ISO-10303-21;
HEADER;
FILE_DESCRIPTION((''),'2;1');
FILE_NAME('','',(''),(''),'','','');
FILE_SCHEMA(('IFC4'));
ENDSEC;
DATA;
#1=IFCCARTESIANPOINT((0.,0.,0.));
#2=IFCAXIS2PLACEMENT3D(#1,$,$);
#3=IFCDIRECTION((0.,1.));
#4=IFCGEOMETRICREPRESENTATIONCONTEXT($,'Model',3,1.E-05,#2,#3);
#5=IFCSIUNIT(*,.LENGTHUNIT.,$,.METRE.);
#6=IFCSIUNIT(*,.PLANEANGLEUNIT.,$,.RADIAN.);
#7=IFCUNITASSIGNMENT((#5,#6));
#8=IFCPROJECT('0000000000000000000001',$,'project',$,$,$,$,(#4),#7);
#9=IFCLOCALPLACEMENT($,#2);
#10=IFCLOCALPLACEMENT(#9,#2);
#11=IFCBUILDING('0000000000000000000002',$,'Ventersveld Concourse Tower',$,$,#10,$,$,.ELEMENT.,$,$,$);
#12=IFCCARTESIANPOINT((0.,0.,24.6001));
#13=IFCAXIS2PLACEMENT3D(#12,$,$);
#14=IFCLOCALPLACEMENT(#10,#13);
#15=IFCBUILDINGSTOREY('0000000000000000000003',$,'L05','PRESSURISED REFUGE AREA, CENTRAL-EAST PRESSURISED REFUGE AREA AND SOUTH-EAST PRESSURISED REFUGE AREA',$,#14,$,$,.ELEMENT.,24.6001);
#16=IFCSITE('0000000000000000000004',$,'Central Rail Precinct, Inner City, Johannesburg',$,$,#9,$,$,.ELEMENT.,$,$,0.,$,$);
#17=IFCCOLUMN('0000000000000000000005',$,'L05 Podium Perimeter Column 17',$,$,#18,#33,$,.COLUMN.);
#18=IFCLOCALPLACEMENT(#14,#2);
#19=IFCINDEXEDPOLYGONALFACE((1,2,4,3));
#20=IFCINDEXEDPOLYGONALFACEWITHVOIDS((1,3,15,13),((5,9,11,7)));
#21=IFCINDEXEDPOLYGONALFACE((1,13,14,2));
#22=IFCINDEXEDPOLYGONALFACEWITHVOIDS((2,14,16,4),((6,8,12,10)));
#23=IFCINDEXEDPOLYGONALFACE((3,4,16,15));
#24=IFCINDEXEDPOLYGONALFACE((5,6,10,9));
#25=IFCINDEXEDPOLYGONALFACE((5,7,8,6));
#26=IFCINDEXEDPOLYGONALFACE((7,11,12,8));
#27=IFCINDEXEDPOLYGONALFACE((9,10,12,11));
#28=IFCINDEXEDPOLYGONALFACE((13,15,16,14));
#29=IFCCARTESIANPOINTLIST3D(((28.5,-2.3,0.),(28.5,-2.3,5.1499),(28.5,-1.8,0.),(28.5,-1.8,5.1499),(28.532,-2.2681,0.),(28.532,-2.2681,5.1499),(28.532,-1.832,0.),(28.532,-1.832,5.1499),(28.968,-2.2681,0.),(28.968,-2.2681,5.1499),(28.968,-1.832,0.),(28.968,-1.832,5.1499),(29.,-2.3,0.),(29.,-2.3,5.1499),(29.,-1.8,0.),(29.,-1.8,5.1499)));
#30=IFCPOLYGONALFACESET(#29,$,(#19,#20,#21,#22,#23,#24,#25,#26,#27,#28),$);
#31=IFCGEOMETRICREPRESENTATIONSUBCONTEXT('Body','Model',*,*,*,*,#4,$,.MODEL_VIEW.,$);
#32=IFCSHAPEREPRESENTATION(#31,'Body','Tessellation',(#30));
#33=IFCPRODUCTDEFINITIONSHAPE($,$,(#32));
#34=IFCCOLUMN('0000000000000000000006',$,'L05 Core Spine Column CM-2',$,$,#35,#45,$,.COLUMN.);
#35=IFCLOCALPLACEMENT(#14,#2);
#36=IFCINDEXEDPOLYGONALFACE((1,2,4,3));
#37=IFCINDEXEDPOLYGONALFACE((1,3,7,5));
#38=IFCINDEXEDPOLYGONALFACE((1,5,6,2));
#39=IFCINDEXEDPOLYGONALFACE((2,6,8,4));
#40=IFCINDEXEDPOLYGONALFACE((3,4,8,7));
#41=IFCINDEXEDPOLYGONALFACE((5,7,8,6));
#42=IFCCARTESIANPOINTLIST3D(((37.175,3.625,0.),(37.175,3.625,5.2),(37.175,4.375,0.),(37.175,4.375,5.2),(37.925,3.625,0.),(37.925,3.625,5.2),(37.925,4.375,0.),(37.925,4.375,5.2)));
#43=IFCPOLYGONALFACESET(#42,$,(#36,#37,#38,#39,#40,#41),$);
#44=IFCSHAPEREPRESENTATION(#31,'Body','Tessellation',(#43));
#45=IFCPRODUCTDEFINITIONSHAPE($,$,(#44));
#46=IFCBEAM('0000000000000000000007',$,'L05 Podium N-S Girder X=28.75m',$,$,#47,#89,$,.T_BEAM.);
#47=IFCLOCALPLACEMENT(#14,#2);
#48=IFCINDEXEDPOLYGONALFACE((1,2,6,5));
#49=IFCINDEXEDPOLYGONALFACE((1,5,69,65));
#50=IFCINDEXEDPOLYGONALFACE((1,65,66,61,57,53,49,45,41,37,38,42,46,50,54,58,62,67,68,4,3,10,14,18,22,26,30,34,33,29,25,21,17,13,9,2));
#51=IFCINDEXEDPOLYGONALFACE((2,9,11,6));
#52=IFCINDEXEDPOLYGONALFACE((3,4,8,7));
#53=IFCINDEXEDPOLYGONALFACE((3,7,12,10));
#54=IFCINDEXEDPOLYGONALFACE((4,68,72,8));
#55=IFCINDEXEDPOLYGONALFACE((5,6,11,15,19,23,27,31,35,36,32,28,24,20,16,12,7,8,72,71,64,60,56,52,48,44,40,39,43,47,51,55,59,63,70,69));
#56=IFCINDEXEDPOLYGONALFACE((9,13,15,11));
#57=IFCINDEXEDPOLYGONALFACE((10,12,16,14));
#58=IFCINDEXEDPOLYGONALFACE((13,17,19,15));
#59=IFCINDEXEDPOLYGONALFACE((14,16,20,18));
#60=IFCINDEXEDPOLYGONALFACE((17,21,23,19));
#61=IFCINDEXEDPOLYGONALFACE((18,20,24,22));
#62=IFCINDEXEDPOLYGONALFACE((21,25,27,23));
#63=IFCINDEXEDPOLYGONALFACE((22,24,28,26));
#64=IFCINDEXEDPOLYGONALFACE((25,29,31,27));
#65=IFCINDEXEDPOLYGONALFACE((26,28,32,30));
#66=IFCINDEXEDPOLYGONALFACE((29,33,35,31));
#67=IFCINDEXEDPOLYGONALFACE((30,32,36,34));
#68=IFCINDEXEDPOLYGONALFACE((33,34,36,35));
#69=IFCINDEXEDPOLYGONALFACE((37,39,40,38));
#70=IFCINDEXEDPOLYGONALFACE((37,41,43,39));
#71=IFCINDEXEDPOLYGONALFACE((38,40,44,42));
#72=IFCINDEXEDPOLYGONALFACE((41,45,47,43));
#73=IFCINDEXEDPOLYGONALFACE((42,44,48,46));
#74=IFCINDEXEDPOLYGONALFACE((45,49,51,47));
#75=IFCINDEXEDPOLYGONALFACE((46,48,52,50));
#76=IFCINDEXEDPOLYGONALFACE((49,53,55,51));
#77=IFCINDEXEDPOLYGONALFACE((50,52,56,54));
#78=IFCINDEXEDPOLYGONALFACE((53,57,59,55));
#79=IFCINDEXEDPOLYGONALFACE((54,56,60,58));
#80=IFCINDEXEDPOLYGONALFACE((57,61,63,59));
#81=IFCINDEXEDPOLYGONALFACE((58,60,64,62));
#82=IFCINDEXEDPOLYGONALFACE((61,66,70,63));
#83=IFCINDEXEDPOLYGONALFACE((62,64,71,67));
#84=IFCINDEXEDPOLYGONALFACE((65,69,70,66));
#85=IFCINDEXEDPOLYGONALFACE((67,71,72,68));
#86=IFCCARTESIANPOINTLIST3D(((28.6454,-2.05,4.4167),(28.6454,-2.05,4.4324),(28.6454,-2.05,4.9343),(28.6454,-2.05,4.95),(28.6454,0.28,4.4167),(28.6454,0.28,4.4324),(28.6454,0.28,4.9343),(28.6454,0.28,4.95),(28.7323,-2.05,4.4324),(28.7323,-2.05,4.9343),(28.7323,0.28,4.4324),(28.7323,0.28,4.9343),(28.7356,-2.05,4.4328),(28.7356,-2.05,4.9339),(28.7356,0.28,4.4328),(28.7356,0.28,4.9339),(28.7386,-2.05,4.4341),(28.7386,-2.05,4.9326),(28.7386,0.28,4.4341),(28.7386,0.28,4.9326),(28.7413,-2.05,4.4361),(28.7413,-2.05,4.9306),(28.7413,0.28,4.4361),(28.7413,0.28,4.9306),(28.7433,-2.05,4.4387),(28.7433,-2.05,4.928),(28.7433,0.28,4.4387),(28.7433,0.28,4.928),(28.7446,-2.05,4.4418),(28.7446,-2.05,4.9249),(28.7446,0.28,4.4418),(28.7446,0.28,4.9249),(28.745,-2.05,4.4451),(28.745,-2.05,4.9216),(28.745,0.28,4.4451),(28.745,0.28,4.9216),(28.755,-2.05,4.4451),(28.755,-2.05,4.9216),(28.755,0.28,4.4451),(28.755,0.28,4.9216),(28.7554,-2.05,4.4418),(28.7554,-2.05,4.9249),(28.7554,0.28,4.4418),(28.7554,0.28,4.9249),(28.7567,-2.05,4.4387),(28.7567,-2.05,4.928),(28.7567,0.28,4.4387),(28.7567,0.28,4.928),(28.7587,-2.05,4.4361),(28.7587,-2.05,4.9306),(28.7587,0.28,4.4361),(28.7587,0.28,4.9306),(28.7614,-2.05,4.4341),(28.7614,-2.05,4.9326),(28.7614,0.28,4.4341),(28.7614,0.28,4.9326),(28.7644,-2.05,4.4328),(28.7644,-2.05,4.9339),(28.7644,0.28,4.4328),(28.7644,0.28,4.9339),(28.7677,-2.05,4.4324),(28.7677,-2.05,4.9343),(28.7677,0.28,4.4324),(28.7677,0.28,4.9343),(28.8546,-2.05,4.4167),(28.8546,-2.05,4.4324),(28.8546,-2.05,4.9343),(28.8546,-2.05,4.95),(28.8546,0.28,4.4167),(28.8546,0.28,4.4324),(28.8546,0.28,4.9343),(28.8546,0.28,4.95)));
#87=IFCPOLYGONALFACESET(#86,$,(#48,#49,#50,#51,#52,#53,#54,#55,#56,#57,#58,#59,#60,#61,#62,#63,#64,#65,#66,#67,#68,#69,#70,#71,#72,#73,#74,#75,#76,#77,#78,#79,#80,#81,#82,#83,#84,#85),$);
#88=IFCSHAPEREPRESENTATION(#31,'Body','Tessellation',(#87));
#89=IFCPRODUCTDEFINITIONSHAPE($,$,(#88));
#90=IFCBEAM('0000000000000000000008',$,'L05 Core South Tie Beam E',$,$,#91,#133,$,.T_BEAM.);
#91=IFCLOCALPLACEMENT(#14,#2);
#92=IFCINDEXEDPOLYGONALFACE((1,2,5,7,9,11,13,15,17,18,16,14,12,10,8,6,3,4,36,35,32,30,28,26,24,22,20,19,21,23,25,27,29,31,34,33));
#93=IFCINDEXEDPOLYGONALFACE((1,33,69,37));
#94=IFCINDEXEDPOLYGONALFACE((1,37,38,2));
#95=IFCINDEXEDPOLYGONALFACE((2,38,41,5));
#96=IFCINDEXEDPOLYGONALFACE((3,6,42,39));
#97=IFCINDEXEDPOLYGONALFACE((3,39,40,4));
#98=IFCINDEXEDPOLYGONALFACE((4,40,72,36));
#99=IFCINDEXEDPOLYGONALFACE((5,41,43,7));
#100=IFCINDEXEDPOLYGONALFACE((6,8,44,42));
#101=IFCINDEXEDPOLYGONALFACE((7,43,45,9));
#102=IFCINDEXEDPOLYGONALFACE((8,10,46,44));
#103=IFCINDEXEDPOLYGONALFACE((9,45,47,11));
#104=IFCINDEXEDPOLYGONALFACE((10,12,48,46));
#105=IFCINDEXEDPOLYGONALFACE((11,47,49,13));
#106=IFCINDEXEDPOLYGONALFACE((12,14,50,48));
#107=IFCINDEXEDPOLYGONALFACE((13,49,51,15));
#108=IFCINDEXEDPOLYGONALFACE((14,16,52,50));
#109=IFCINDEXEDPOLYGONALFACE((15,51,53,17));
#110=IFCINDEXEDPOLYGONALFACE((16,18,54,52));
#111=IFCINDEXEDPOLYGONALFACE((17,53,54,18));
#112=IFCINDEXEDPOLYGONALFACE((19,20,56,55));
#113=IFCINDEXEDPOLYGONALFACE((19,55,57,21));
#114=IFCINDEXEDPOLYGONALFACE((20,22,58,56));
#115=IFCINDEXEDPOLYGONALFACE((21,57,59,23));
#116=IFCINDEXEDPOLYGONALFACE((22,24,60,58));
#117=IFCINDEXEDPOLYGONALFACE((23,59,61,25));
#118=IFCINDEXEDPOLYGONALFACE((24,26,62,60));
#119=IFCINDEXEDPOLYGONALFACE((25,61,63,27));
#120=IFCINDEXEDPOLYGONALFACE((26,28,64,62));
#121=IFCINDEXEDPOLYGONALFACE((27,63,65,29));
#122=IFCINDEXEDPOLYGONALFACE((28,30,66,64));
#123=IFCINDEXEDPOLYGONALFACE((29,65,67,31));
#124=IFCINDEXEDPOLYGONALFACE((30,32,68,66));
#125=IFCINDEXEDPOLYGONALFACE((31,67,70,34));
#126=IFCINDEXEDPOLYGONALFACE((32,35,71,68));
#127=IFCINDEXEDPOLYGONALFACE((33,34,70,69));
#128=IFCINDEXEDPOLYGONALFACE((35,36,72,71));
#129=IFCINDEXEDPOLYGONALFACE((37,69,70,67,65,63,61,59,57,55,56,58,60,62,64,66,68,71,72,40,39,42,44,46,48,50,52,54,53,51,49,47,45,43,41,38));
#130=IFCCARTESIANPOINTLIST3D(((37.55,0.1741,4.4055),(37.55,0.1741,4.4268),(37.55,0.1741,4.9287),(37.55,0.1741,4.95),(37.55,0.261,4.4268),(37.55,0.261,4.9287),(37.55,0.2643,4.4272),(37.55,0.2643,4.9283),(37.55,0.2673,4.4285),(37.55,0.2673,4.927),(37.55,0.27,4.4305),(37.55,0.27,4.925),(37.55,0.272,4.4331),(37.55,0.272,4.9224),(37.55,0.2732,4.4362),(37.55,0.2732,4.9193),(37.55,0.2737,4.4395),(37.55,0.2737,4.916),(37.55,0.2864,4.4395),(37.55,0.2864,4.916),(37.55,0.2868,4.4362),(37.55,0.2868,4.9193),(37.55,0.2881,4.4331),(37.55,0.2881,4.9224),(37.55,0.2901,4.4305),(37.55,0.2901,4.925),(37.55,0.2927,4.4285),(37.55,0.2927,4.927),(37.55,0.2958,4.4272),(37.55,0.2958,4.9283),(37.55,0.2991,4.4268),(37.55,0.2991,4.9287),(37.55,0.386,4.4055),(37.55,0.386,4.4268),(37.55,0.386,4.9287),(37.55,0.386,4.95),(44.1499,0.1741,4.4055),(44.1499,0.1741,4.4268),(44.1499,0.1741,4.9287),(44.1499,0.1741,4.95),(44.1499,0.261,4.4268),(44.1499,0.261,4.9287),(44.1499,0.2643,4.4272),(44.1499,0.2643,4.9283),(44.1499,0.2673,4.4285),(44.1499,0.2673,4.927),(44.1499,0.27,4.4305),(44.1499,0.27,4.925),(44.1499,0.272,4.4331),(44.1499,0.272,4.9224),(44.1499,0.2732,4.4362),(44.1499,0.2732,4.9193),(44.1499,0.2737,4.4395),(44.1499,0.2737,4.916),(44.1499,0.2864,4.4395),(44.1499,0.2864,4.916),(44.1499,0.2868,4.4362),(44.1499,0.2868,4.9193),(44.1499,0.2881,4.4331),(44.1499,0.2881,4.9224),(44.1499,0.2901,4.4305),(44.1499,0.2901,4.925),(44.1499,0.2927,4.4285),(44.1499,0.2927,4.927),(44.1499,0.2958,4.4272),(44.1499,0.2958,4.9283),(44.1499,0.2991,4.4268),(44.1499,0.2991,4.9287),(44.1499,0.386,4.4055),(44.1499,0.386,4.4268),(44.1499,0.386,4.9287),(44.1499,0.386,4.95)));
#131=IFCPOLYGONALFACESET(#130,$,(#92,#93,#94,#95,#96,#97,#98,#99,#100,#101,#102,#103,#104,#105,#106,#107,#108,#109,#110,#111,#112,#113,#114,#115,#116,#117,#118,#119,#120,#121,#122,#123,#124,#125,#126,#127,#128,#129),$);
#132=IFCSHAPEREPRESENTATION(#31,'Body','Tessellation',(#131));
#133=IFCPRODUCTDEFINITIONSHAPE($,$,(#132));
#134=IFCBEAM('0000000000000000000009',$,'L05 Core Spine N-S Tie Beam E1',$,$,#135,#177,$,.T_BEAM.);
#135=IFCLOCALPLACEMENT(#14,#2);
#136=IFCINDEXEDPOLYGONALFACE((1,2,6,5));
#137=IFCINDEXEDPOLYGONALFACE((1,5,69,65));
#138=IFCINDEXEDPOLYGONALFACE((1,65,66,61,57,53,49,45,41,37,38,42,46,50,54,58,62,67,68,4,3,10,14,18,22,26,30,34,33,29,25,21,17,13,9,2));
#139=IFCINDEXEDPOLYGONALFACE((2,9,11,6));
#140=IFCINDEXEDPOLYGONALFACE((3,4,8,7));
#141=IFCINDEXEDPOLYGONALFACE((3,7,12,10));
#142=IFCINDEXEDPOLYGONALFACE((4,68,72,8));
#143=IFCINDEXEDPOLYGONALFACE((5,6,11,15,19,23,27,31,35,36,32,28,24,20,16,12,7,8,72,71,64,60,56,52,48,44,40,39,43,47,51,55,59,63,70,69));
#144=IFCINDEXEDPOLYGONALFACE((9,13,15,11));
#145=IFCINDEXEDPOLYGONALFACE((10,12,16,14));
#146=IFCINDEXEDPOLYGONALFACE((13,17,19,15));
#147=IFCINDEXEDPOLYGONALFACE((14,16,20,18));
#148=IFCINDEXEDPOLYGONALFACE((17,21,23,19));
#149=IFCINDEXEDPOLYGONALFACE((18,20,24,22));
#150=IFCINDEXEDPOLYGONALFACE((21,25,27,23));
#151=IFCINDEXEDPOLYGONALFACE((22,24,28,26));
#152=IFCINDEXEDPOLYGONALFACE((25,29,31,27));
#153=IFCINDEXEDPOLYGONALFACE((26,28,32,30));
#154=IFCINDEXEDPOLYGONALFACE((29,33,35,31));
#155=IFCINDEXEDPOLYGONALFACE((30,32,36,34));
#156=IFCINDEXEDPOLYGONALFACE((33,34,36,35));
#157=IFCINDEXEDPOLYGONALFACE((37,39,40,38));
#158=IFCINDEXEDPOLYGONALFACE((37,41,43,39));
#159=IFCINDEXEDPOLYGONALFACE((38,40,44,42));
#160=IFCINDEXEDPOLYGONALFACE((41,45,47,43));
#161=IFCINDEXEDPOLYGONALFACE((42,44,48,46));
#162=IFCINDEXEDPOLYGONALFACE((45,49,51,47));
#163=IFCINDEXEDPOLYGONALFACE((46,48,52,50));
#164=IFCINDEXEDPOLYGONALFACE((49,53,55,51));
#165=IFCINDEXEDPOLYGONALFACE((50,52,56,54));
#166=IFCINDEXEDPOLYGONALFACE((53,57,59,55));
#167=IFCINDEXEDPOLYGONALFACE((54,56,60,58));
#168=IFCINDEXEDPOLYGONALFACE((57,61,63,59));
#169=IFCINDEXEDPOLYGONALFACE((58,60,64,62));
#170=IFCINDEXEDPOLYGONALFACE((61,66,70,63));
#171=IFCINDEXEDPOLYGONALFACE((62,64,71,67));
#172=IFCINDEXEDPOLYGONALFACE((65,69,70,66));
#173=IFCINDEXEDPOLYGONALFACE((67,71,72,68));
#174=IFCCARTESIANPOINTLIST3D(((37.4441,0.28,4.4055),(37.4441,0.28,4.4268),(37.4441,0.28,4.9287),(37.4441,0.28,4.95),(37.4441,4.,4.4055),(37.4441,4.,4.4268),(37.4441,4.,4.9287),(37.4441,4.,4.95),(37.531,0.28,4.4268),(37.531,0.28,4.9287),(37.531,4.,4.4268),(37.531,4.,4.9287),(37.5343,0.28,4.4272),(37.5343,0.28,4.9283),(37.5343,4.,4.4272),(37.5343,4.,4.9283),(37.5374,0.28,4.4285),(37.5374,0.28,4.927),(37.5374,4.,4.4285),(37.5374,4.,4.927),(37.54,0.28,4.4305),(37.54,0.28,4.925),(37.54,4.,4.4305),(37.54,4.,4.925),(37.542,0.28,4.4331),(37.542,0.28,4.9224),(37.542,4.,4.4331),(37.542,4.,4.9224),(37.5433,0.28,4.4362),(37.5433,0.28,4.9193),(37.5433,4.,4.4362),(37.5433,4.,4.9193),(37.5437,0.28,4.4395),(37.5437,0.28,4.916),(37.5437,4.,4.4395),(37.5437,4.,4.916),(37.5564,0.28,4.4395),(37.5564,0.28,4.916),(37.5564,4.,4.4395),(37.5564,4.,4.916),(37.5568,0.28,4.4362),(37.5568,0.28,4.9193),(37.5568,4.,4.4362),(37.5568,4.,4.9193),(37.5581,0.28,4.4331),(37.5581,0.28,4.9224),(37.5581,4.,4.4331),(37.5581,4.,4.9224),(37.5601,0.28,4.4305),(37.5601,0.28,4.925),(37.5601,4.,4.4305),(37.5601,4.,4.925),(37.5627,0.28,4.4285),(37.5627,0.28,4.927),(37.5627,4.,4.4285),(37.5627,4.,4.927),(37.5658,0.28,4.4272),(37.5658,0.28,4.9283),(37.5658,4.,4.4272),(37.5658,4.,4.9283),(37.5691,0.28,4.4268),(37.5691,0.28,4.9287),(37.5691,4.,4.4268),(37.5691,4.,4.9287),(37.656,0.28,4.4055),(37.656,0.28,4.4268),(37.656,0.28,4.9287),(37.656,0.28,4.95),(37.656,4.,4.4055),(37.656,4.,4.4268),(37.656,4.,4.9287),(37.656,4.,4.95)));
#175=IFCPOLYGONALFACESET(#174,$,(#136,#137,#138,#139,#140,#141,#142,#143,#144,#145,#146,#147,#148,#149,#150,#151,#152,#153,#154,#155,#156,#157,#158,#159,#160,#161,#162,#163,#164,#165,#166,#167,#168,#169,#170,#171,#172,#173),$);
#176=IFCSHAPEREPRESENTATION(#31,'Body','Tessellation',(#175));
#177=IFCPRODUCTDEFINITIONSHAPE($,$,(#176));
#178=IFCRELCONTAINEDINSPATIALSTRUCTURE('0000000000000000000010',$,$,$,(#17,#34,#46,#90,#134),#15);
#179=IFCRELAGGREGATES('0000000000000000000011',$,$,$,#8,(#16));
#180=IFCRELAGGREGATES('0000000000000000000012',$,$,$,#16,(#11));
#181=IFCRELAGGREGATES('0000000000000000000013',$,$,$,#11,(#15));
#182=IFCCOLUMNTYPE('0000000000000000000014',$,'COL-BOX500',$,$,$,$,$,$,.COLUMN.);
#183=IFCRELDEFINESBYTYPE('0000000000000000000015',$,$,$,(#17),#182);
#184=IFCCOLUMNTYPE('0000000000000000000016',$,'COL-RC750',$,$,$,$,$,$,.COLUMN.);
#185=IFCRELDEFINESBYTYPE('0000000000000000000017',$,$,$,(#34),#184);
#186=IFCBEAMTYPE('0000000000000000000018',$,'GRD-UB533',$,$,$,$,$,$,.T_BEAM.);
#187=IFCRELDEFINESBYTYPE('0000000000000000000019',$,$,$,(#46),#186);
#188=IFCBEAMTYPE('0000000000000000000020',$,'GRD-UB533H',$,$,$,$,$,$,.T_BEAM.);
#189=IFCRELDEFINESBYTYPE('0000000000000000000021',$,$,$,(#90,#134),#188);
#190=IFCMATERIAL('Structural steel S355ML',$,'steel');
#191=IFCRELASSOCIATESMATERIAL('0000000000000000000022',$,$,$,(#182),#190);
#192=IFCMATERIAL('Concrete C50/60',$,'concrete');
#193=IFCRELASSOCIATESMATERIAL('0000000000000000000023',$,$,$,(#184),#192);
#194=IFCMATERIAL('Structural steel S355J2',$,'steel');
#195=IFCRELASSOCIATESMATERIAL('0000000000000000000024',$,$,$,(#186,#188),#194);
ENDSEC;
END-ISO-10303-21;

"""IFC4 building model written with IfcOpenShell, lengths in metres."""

from ifc_helpers import new_model, si_unit, direction, frame, origin, origin_2d, place, context, subcontext, project, spatial, rectangle, hollow_rectangle, i_section, extrude, material, material_profile, profile_set, type_object, element, save


model = new_model("IFC4")

# Units and contexts
model_context = context("Model", 3, precision=1e-05, world=origin(), true_north=direction((0.0, 1.0)))
body_context = subcontext(model_context, "Body", "Model", "MODEL_VIEW")
ifc_project = project(units=[si_unit("LENGTHUNIT", "METRE"), si_unit("PLANEANGLEUNIT", "RADIAN")], contexts=[model_context])

# Site, building, storey
site_placement = place(None, origin())
site = spatial("IfcSite", under=ifc_project, at=site_placement, Name="Central Rail Precinct, Inner City, Johannesburg", CompositionType="ELEMENT", RefElevation=0.0)
building_placement = place(site_placement, origin())
building = spatial("IfcBuilding", under=site, at=building_placement, Name="Ventersveld Concourse Tower", CompositionType="ELEMENT")
storey_placement = place(building_placement, frame((0.0, 0.0, 24.6001)))
storey = spatial("IfcBuildingStorey", under=building, at=storey_placement, Name="L05", Description="PRESSURISED REFUGE AREA, CENTRAL-EAST PRESSURISED REFUGE AREA AND SOUTH-EAST PRESSURISED REFUGE AREA", CompositionType="ELEMENT", Elevation=24.6001)

# Columns
ifc_material_1 = material(Name="Structural steel S355ML", Category="steel")
ifc_material_profile_1 = material_profile(ifc_material_1, hollow_rectangle(XDim=0.5, YDim=0.5, WallThickness=0.032, at=origin_2d()), Name="BOX 500x500x32")
ifc_profile_set_1 = profile_set([ifc_material_profile_1], Name="Structural steel S355ML")
column_type_1 = type_object("IfcColumnType", Name="COL-BOX500", PredefinedType="COLUMN", material=ifc_profile_set_1)
column_1_placement = place(storey_placement, frame((28.75, -2.05, 0.0), z_axis=(0.0, 0.0, 1.0), x_axis=(1.0, 0.0, 0.0)))
element("IfcColumn", 1, at=column_1_placement, inside=storey, type_object=column_type_1, Name="L05 Podium Perimeter Column 17", PredefinedType="COLUMN", context=body_context, shape_type="SweptSolid", body=[
    extrude(hollow_rectangle(XDim=0.5, YDim=0.5, WallThickness=0.032, at=origin_2d()), origin(), (0.0, 0.0, 1.0), 5.1499),
])
ifc_material_2 = material(Name="Concrete C50/60", Category="concrete")
ifc_material_profile_2 = material_profile(ifc_material_2, rectangle(XDim=0.75, YDim=0.75, at=origin_2d()), Name="RC 750x750")
ifc_profile_set_2 = profile_set([ifc_material_profile_2], Name="Concrete C50/60")
column_type_2 = type_object("IfcColumnType", Name="COL-RC750", PredefinedType="COLUMN", material=ifc_profile_set_2)
column_2_placement = place(storey_placement, frame((37.55, 4.0, 0.0), z_axis=(0.0, 0.0, 1.0), x_axis=(1.0, 0.0, 0.0)))
element("IfcColumn", 2, at=column_2_placement, inside=storey, type_object=column_type_2, Name="L05 Core Spine Column CM-2", PredefinedType="COLUMN", context=body_context, shape_type="SweptSolid", body=[
    extrude(rectangle(XDim=0.75, YDim=0.75, at=origin_2d()), origin(), (0.0, 0.0, 1.0), 5.2),
])

# Beams
ifc_material_3 = material(Name="Structural steel S355J2", Category="steel")
ifc_material_profile_3 = material_profile(ifc_material_3, i_section(OverallWidth=0.2092, OverallDepth=0.5332, WebThickness=0.01, FlangeThickness=0.0156, FilletRadius=0.0127, at=origin_2d()), Name="UB 533x210x92")
ifc_profile_set_3 = profile_set([ifc_material_profile_3], Name="Structural steel S355J2")
beam_type_1 = type_object("IfcBeamType", Name="GRD-UB533", PredefinedType="T_BEAM", material=ifc_profile_set_3)
beam_1_placement = place(storey_placement, frame((28.75, -2.05, 4.6833), z_axis=(0.0, 1.0, 0.0), x_axis=(-1.0, 0.0, 0.0)))
element("IfcBeam", 3, at=beam_1_placement, inside=storey, type_object=beam_type_1, Name="L05 Podium N-S Girder X=28.75m", PredefinedType="T_BEAM", context=body_context, shape_type="SweptSolid", body=[
    extrude(i_section(OverallWidth=0.2092, OverallDepth=0.5332, WebThickness=0.01, FlangeThickness=0.0156, FilletRadius=0.0127, at=origin_2d()), origin(), (0.0, 0.0, 1.0), 2.3301),
])
ifc_material_profile_4 = material_profile(ifc_material_3, i_section(OverallWidth=0.2119, OverallDepth=0.5444, WebThickness=0.0127, FlangeThickness=0.0212, FilletRadius=0.0127, at=origin_2d()), Name="UB 533x210x122")
ifc_profile_set_4 = profile_set([ifc_material_profile_4], Name="Structural steel S355J2")
beam_type_2 = type_object("IfcBeamType", Name="GRD-UB533H", PredefinedType="T_BEAM", material=ifc_profile_set_4)
beam_2_placement = place(storey_placement, frame((37.55, 0.28, 4.6777), z_axis=(1.0, 0.0, 0.0), x_axis=(0.0, 1.0, 0.0)))
element("IfcBeam", 4, at=beam_2_placement, inside=storey, type_object=beam_type_2, Name="L05 Core South Tie Beam E", PredefinedType="T_BEAM", context=body_context, shape_type="SweptSolid", body=[
    extrude(i_section(OverallWidth=0.2119, OverallDepth=0.5444, WebThickness=0.0127, FlangeThickness=0.0212, FilletRadius=0.0127, at=origin_2d()), origin(), (0.0, 0.0, 1.0), 6.5999),
])
beam_3_placement = place(storey_placement, frame((37.55, 0.28, 4.6777), z_axis=(0.0, 1.0, 0.0), x_axis=(-1.0, 0.0, 0.0)))
element("IfcBeam", 5, at=beam_3_placement, inside=storey, type_object=beam_type_2, Name="L05 Core Spine N-S Tie Beam E1", PredefinedType="T_BEAM", context=body_context, shape_type="SweptSolid", body=[
    extrude(i_section(OverallWidth=0.2119, OverallDepth=0.5444, WebThickness=0.0127, FlangeThickness=0.0212, FilletRadius=0.0127, at=origin_2d()), origin(), (0.0, 0.0, 1.0), 3.72),
])

save(model, "model.ifc")
